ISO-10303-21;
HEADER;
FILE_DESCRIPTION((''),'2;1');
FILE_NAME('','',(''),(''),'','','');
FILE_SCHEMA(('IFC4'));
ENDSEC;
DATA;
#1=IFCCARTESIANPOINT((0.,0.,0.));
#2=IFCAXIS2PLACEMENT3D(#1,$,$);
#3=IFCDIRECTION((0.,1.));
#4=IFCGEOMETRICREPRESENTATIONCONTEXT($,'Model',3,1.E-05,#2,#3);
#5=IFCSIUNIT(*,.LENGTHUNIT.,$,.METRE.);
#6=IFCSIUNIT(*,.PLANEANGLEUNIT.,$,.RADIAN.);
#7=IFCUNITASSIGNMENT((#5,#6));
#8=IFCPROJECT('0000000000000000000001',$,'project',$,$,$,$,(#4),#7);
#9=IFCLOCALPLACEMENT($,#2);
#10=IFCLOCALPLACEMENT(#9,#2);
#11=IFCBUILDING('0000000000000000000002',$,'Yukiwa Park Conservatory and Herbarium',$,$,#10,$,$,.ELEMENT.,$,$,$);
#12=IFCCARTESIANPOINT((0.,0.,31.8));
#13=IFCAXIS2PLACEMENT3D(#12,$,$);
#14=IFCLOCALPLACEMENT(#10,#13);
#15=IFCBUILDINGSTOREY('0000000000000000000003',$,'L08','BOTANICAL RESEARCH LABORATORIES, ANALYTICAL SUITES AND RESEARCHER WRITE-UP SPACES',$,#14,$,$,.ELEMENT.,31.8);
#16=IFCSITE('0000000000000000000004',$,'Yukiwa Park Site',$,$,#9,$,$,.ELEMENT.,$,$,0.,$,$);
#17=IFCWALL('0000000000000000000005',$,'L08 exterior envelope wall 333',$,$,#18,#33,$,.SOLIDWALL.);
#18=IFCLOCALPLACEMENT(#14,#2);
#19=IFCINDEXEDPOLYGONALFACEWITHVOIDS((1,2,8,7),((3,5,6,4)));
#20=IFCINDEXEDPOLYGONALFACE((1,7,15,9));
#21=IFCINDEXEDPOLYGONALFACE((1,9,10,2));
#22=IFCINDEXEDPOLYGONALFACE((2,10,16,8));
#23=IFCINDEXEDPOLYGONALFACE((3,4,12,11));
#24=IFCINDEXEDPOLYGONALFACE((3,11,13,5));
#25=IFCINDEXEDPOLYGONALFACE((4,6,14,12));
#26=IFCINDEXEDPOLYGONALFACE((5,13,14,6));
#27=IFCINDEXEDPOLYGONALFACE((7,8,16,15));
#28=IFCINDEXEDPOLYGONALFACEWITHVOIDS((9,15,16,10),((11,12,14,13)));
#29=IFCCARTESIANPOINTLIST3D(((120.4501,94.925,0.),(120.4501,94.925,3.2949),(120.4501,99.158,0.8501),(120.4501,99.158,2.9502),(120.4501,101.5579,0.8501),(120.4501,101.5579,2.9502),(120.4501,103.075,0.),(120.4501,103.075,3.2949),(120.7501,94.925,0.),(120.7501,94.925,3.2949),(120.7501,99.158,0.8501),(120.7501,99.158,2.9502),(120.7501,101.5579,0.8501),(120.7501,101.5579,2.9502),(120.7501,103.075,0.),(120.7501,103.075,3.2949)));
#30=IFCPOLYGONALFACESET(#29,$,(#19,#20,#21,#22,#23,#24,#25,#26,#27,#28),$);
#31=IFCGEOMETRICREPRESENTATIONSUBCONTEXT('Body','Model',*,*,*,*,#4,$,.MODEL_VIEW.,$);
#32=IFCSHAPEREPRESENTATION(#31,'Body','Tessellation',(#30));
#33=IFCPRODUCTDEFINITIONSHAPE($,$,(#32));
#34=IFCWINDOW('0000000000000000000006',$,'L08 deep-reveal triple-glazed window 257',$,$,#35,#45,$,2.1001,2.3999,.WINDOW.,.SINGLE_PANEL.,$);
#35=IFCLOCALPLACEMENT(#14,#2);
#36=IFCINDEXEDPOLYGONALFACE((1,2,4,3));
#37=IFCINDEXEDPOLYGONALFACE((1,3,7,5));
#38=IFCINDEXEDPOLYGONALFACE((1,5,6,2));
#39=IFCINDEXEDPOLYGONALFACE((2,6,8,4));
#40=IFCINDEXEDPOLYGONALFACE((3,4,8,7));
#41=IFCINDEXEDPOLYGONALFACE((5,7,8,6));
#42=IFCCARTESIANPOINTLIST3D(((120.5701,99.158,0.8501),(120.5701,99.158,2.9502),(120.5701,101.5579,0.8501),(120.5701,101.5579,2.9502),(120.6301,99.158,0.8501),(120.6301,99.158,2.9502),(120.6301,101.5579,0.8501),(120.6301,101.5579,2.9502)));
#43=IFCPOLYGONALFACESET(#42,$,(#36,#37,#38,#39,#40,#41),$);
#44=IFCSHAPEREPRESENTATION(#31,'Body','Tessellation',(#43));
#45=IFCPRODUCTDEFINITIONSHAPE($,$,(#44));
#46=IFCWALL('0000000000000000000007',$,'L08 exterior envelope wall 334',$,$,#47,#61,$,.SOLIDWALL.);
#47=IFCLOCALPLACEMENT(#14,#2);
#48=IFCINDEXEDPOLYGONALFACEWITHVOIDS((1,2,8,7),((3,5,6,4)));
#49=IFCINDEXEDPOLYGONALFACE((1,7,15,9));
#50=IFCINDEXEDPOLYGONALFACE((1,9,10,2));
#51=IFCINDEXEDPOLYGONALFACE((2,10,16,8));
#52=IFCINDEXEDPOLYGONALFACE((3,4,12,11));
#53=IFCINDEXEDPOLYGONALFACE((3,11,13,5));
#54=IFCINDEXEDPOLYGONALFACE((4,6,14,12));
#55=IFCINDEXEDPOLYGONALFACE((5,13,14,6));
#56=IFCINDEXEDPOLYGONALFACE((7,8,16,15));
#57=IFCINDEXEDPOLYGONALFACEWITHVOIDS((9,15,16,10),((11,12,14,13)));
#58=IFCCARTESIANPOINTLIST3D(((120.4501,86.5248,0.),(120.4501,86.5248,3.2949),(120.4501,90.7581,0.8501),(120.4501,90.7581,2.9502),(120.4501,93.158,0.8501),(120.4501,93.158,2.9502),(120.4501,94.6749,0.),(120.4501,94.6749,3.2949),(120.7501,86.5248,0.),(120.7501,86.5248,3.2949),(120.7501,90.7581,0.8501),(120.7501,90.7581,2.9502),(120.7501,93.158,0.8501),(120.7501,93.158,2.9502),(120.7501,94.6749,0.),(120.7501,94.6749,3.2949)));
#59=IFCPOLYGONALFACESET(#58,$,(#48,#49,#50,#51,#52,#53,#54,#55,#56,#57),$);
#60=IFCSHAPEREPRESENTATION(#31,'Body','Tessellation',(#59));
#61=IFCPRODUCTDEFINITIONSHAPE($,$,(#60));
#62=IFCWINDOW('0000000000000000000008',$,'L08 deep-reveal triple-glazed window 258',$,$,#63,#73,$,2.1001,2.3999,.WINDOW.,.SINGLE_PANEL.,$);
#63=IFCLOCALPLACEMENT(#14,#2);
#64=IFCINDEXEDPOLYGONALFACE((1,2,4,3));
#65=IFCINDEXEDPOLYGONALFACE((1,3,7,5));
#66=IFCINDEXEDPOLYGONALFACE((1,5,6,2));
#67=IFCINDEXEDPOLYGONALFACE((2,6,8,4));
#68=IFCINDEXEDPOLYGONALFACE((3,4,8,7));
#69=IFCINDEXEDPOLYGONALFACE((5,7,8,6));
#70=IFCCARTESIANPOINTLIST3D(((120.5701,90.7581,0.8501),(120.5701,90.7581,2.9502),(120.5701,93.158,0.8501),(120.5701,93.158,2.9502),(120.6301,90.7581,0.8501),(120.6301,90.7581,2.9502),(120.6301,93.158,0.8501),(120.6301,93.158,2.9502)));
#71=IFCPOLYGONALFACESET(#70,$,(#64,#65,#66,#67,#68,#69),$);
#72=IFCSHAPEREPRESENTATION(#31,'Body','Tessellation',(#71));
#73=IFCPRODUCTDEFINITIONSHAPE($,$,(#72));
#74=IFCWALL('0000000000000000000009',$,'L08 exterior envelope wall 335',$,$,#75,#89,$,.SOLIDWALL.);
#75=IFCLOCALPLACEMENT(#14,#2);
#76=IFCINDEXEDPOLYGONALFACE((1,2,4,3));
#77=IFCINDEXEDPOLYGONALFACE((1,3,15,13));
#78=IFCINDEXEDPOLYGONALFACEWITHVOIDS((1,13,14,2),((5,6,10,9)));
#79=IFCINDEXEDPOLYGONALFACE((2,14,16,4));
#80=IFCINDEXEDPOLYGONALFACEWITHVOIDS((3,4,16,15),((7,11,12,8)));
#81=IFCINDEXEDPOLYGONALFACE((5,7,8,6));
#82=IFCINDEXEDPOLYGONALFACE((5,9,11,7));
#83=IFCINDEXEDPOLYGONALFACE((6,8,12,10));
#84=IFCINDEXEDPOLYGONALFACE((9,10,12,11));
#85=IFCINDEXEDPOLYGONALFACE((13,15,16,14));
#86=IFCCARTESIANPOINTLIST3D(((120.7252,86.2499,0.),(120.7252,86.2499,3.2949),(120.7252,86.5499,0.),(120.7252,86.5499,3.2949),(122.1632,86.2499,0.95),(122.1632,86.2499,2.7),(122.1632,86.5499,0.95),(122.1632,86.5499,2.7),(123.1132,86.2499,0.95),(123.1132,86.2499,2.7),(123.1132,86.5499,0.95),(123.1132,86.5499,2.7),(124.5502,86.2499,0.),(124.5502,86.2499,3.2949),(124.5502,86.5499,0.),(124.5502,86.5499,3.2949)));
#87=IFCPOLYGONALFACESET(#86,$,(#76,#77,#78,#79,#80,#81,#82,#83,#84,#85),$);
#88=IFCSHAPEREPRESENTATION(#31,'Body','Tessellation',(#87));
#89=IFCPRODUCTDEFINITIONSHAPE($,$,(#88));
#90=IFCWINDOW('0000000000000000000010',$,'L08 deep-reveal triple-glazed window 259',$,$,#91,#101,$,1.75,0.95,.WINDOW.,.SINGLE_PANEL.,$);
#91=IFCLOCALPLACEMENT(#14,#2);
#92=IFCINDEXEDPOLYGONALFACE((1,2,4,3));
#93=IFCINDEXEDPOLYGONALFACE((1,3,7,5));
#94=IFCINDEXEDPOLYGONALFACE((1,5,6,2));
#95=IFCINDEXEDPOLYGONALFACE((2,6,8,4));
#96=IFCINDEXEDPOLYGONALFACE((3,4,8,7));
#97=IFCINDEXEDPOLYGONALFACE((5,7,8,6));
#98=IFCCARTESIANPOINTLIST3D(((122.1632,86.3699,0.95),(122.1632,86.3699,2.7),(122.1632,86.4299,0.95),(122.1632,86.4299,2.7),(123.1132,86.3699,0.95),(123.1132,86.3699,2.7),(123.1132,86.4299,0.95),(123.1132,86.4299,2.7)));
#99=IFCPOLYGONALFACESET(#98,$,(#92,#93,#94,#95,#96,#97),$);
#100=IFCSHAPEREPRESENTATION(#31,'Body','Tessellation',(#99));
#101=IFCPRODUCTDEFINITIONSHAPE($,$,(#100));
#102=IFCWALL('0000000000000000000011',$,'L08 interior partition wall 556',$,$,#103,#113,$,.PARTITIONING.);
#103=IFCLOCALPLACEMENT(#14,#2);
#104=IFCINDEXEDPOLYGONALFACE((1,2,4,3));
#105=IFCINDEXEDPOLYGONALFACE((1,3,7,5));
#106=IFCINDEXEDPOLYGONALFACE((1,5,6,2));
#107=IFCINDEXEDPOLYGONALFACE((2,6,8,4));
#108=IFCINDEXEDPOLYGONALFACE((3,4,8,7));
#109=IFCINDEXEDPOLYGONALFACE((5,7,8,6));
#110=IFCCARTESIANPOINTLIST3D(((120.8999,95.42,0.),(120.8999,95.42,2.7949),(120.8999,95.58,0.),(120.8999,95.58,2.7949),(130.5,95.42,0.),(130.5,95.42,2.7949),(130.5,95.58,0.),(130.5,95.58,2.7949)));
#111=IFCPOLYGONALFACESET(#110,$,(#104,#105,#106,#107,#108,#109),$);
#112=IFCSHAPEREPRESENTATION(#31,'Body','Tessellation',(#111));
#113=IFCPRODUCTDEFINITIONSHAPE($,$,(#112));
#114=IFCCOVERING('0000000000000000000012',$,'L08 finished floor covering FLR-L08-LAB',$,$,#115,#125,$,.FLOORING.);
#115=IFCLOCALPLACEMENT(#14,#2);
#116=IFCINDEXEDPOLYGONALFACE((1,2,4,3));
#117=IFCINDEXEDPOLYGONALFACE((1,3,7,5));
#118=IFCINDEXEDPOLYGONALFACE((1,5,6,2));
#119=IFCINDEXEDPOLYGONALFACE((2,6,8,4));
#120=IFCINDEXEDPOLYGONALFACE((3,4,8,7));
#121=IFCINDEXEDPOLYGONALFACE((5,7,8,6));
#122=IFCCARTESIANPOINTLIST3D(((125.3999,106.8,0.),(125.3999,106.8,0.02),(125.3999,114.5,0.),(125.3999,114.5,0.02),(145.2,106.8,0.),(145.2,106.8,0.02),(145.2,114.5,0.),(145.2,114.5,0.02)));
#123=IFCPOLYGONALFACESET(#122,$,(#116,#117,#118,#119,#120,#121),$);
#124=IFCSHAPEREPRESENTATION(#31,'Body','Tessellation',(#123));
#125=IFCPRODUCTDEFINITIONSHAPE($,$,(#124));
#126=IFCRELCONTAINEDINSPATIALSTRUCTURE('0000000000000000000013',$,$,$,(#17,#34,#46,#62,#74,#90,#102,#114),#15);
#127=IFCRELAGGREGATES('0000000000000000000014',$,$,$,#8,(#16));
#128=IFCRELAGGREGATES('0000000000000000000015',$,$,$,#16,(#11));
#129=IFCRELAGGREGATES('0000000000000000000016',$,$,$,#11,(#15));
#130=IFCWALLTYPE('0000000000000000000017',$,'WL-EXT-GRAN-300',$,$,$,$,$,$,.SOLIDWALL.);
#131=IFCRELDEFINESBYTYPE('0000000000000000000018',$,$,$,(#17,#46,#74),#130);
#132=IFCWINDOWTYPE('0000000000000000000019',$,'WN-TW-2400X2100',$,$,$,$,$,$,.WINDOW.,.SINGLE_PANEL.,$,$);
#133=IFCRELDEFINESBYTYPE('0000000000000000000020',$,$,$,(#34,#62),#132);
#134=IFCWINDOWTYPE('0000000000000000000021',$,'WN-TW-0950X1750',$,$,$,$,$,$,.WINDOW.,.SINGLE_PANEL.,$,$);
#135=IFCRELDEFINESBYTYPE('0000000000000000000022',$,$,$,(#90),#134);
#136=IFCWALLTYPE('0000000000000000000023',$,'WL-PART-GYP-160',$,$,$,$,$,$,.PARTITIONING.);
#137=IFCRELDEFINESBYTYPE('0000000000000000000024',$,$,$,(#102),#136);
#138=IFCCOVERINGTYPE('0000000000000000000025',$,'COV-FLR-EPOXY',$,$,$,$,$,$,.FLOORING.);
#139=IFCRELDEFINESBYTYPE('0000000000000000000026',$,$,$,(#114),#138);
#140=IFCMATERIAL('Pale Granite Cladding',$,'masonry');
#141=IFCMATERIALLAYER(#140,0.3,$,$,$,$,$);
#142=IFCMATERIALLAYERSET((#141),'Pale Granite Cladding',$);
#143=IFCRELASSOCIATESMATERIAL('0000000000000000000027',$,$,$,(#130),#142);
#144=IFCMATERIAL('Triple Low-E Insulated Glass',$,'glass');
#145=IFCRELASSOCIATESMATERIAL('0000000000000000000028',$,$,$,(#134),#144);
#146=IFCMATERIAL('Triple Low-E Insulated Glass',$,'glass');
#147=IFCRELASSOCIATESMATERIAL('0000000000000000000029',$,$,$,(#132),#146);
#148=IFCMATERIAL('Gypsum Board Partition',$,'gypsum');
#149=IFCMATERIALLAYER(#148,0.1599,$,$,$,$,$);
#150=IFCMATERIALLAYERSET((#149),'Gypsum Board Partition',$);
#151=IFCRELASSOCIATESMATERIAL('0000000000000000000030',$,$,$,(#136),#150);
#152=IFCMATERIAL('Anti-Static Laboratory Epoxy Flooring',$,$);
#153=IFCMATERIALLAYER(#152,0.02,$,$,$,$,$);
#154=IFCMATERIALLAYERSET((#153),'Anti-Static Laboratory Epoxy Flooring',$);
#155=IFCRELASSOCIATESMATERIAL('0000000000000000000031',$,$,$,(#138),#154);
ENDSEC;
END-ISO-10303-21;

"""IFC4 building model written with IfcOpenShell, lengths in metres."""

from ifc_helpers import new_model, si_unit, direction, frame, frame_2d, origin, place, context, subcontext, project, spatial, polyline, rectangle, outline, extrude, material, layer, layer_set, type_object, element, fill, save


model = new_model("IFC4")

# Units and contexts
model_context = context("Model", 3, precision=1e-05, world=origin(), true_north=direction((0.0, 1.0)))
body_context = subcontext(model_context, "Body", "Model", "MODEL_VIEW")
ifc_project = project(units=[si_unit("LENGTHUNIT", "METRE"), si_unit("PLANEANGLEUNIT", "RADIAN")], contexts=[model_context])

# Site, building, storey
site_placement = place(None, origin())
site = spatial("IfcSite", under=ifc_project, at=site_placement, Name="Yukiwa Park Site", CompositionType="ELEMENT", RefElevation=0.0)
building_placement = place(site_placement, origin())
building = spatial("IfcBuilding", under=site, at=building_placement, Name="Yukiwa Park Conservatory and Herbarium", CompositionType="ELEMENT")
storey_placement = place(building_placement, frame((0.0, 0.0, 31.8)))
storey = spatial("IfcBuildingStorey", under=building, at=storey_placement, Name="L08", Description="BOTANICAL RESEARCH LABORATORIES, ANALYTICAL SUITES AND RESEARCHER WRITE-UP SPACES", CompositionType="ELEMENT", Elevation=31.8)

# Walls, openings, windows
ifc_material_1 = material(Name="Pale Granite Cladding", Category="masonry")
ifc_layer_1 = layer(ifc_material_1, 0.3)
ifc_layer_set_1 = layer_set([ifc_layer_1], Name="Pale Granite Cladding")
wall_type_1 = type_object("IfcWallType", Name="WL-EXT-GRAN-300", PredefinedType="SOLIDWALL", material=ifc_layer_set_1)
ifc_material_2 = material(Name="Triple Low-E Insulated Glass", Category="glass")
window_type_1 = type_object("IfcWindowType", Name="WN-TW-0950X1750", PartitioningType="SINGLE_PANEL", PredefinedType="WINDOW", material=ifc_material_2)
wall_1_placement = place(storey_placement, frame((120.6001, 103.075, 0.0), z_axis=(0.0, 0.0, 1.0), x_axis=(0.0, -1.0, 0.0)))
wall_1 = element("IfcWall", 1, at=wall_1_placement, inside=storey, type_object=wall_type_1, Name="L08 exterior envelope wall 333", PredefinedType="SOLIDWALL", context=body_context, shape_type="SweptSolid", body=[
    extrude(rectangle(XDim=8.1499, YDim=0.3, at=frame_2d((4.075, 0.0))), origin(), (0.0, 0.0, 1.0), 3.2949),
])
opening_1_placement = place(wall_1_placement, frame((1.5171, 0.0, 0.8501)))
opening_1 = element("IfcOpeningElement", 2, at=opening_1_placement, cuts=wall_1, PredefinedType="OPENING", context=body_context, shape_type="SweptSolid", body=[
    extrude(rectangle(XDim=2.3999, YDim=2.1001, at=frame_2d((1.2, 1.05))), frame((0.0, 0.1602, 0.0), z_axis=(0.0, -1.0, 0.0), x_axis=(1.0, 0.0, 0.0)), (0.0, 0.0, 1.0), 0.3201),
])
ifc_material_3 = material(Name="Triple Low-E Insulated Glass", Category="glass")
window_type_2 = type_object("IfcWindowType", Name="WN-TW-2400X2100", PartitioningType="SINGLE_PANEL", PredefinedType="WINDOW", material=ifc_material_3)
window_1_placement = place(opening_1_placement, origin())
window_1 = element("IfcWindow", 3, at=window_1_placement, inside=storey, type_object=window_type_2, Name="L08 deep-reveal triple-glazed window 257", OverallHeight=2.1001, OverallWidth=2.3999, PartitioningType="SINGLE_PANEL", PredefinedType="WINDOW", context=body_context, shape_type="SweptSolid", body=[
    extrude(rectangle(XDim=2.3999, YDim=2.1001, at=frame_2d((1.2, 1.05))), frame((0.0, 0.03, 0.0), z_axis=(0.0, -1.0, 0.0), x_axis=(1.0, 0.0, 0.0)), (0.0, 0.0, 1.0), 0.0601),
])
fill(opening_1, window_1)
wall_2_placement = place(storey_placement, frame((120.6001, 94.675, 0.0), z_axis=(0.0, 0.0, 1.0), x_axis=(0.0, -1.0, 0.0)))
wall_2 = element("IfcWall", 4, at=wall_2_placement, inside=storey, type_object=wall_type_1, Name="L08 exterior envelope wall 334", PredefinedType="SOLIDWALL", context=body_context, shape_type="SweptSolid", body=[
    extrude(rectangle(XDim=8.1501, YDim=0.3, at=frame_2d((4.0752, 0.0))), origin(), (0.0, 0.0, 1.0), 3.2949),
])
opening_2_placement = place(wall_2_placement, frame((1.5171, 0.0, 0.8501)))
opening_2 = element("IfcOpeningElement", 5, at=opening_2_placement, cuts=wall_2, PredefinedType="OPENING", context=body_context, shape_type="SweptSolid", body=[
    extrude(rectangle(XDim=2.3999, YDim=2.1001, at=frame_2d((1.2, 1.05))), frame((0.0, 0.1602, 0.0), z_axis=(0.0, -1.0, 0.0), x_axis=(1.0, 0.0, 0.0)), (0.0, 0.0, 1.0), 0.3201),
])
window_2_placement = place(opening_2_placement, origin())
window_2 = element("IfcWindow", 6, at=window_2_placement, inside=storey, type_object=window_type_2, Name="L08 deep-reveal triple-glazed window 258", OverallHeight=2.1001, OverallWidth=2.3999, PartitioningType="SINGLE_PANEL", PredefinedType="WINDOW", context=body_context, shape_type="SweptSolid", body=[
    extrude(rectangle(XDim=2.3999, YDim=2.1001, at=frame_2d((1.2, 1.05))), frame((0.0, 0.03, 0.0), z_axis=(0.0, -1.0, 0.0), x_axis=(1.0, 0.0, 0.0)), (0.0, 0.0, 1.0), 0.0601),
])
fill(opening_2, window_2)
wall_3_placement = place(storey_placement, frame((120.7251, 86.3999, 0.0), z_axis=(0.0, 0.0, 1.0), x_axis=(1.0, 0.0, 0.0)))
wall_3 = element("IfcWall", 7, at=wall_3_placement, inside=storey, type_object=wall_type_1, Name="L08 exterior envelope wall 335", PredefinedType="SOLIDWALL", context=body_context, shape_type="SweptSolid", body=[
    extrude(rectangle(XDim=3.825, YDim=0.3, at=frame_2d((1.9126, 0.0))), origin(), (0.0, 0.0, 1.0), 3.2949),
])
opening_3_placement = place(wall_3_placement, frame((1.438, 0.0, 0.95)))
opening_3 = element("IfcOpeningElement", 8, at=opening_3_placement, cuts=wall_3, PredefinedType="OPENING", context=body_context, shape_type="SweptSolid", body=[
    extrude(rectangle(XDim=0.95, YDim=1.75, at=frame_2d((0.4751, 0.875))), frame((0.0, 0.1602, 0.0), z_axis=(0.0, -1.0, 0.0), x_axis=(1.0, 0.0, 0.0)), (0.0, 0.0, 1.0), 0.3201),
])
window_3_placement = place(opening_3_placement, origin())
window_3 = element("IfcWindow", 9, at=window_3_placement, inside=storey, type_object=window_type_1, Name="L08 deep-reveal triple-glazed window 259", OverallHeight=1.75, OverallWidth=0.95, PartitioningType="SINGLE_PANEL", PredefinedType="WINDOW", context=body_context, shape_type="SweptSolid", body=[
    extrude(rectangle(XDim=0.95, YDim=1.75, at=frame_2d((0.4751, 0.875))), frame((0.0, 0.03, 0.0), z_axis=(0.0, -1.0, 0.0), x_axis=(1.0, 0.0, 0.0)), (0.0, 0.0, 1.0), 0.0601),
])
fill(opening_3, window_3)

# Wall
ifc_material_4 = material(Name="Gypsum Board Partition", Category="gypsum")
ifc_layer_2 = layer(ifc_material_4, 0.1599)
ifc_layer_set_2 = layer_set([ifc_layer_2], Name="Gypsum Board Partition")
wall_type_2 = type_object("IfcWallType", Name="WL-PART-GYP-160", PredefinedType="PARTITIONING", material=ifc_layer_set_2)
wall_4_placement = place(storey_placement, frame((120.8999, 95.5, 0.0), z_axis=(0.0, 0.0, 1.0), x_axis=(1.0, 0.0, 0.0)))
element("IfcWall", 10, at=wall_4_placement, inside=storey, type_object=wall_type_2, Name="L08 interior partition wall 556", PredefinedType="PARTITIONING", context=body_context, shape_type="SweptSolid", body=[
    extrude(rectangle(XDim=9.6001, YDim=0.1599, at=frame_2d((4.8, 0.0))), origin(), (0.0, 0.0, 1.0), 2.7949),
])

# Covering
ifc_material_5 = material(Name="Anti-Static Laboratory Epoxy Flooring")
ifc_layer_3 = layer(ifc_material_5, 0.02)
ifc_layer_set_3 = layer_set([ifc_layer_3], Name="Anti-Static Laboratory Epoxy Flooring")
covering_type = type_object("IfcCoveringType", Name="COV-FLR-EPOXY", PredefinedType="FLOORING", material=ifc_layer_set_3)
covering_placement = place(storey_placement, origin())
element("IfcCovering", 11, at=covering_placement, inside=storey, type_object=covering_type, Name="L08 finished floor covering FLR-L08-LAB", PredefinedType="FLOORING", context=body_context, shape_type="SweptSolid", body=[
    extrude(outline(polyline([(125.3999, 106.8), (145.2, 106.8), (145.2, 114.5), (125.3999, 114.5), (125.3999, 106.8)])), origin(), (0.0, 0.0, 1.0), 0.02),
])

save(model, "model.ifc")
